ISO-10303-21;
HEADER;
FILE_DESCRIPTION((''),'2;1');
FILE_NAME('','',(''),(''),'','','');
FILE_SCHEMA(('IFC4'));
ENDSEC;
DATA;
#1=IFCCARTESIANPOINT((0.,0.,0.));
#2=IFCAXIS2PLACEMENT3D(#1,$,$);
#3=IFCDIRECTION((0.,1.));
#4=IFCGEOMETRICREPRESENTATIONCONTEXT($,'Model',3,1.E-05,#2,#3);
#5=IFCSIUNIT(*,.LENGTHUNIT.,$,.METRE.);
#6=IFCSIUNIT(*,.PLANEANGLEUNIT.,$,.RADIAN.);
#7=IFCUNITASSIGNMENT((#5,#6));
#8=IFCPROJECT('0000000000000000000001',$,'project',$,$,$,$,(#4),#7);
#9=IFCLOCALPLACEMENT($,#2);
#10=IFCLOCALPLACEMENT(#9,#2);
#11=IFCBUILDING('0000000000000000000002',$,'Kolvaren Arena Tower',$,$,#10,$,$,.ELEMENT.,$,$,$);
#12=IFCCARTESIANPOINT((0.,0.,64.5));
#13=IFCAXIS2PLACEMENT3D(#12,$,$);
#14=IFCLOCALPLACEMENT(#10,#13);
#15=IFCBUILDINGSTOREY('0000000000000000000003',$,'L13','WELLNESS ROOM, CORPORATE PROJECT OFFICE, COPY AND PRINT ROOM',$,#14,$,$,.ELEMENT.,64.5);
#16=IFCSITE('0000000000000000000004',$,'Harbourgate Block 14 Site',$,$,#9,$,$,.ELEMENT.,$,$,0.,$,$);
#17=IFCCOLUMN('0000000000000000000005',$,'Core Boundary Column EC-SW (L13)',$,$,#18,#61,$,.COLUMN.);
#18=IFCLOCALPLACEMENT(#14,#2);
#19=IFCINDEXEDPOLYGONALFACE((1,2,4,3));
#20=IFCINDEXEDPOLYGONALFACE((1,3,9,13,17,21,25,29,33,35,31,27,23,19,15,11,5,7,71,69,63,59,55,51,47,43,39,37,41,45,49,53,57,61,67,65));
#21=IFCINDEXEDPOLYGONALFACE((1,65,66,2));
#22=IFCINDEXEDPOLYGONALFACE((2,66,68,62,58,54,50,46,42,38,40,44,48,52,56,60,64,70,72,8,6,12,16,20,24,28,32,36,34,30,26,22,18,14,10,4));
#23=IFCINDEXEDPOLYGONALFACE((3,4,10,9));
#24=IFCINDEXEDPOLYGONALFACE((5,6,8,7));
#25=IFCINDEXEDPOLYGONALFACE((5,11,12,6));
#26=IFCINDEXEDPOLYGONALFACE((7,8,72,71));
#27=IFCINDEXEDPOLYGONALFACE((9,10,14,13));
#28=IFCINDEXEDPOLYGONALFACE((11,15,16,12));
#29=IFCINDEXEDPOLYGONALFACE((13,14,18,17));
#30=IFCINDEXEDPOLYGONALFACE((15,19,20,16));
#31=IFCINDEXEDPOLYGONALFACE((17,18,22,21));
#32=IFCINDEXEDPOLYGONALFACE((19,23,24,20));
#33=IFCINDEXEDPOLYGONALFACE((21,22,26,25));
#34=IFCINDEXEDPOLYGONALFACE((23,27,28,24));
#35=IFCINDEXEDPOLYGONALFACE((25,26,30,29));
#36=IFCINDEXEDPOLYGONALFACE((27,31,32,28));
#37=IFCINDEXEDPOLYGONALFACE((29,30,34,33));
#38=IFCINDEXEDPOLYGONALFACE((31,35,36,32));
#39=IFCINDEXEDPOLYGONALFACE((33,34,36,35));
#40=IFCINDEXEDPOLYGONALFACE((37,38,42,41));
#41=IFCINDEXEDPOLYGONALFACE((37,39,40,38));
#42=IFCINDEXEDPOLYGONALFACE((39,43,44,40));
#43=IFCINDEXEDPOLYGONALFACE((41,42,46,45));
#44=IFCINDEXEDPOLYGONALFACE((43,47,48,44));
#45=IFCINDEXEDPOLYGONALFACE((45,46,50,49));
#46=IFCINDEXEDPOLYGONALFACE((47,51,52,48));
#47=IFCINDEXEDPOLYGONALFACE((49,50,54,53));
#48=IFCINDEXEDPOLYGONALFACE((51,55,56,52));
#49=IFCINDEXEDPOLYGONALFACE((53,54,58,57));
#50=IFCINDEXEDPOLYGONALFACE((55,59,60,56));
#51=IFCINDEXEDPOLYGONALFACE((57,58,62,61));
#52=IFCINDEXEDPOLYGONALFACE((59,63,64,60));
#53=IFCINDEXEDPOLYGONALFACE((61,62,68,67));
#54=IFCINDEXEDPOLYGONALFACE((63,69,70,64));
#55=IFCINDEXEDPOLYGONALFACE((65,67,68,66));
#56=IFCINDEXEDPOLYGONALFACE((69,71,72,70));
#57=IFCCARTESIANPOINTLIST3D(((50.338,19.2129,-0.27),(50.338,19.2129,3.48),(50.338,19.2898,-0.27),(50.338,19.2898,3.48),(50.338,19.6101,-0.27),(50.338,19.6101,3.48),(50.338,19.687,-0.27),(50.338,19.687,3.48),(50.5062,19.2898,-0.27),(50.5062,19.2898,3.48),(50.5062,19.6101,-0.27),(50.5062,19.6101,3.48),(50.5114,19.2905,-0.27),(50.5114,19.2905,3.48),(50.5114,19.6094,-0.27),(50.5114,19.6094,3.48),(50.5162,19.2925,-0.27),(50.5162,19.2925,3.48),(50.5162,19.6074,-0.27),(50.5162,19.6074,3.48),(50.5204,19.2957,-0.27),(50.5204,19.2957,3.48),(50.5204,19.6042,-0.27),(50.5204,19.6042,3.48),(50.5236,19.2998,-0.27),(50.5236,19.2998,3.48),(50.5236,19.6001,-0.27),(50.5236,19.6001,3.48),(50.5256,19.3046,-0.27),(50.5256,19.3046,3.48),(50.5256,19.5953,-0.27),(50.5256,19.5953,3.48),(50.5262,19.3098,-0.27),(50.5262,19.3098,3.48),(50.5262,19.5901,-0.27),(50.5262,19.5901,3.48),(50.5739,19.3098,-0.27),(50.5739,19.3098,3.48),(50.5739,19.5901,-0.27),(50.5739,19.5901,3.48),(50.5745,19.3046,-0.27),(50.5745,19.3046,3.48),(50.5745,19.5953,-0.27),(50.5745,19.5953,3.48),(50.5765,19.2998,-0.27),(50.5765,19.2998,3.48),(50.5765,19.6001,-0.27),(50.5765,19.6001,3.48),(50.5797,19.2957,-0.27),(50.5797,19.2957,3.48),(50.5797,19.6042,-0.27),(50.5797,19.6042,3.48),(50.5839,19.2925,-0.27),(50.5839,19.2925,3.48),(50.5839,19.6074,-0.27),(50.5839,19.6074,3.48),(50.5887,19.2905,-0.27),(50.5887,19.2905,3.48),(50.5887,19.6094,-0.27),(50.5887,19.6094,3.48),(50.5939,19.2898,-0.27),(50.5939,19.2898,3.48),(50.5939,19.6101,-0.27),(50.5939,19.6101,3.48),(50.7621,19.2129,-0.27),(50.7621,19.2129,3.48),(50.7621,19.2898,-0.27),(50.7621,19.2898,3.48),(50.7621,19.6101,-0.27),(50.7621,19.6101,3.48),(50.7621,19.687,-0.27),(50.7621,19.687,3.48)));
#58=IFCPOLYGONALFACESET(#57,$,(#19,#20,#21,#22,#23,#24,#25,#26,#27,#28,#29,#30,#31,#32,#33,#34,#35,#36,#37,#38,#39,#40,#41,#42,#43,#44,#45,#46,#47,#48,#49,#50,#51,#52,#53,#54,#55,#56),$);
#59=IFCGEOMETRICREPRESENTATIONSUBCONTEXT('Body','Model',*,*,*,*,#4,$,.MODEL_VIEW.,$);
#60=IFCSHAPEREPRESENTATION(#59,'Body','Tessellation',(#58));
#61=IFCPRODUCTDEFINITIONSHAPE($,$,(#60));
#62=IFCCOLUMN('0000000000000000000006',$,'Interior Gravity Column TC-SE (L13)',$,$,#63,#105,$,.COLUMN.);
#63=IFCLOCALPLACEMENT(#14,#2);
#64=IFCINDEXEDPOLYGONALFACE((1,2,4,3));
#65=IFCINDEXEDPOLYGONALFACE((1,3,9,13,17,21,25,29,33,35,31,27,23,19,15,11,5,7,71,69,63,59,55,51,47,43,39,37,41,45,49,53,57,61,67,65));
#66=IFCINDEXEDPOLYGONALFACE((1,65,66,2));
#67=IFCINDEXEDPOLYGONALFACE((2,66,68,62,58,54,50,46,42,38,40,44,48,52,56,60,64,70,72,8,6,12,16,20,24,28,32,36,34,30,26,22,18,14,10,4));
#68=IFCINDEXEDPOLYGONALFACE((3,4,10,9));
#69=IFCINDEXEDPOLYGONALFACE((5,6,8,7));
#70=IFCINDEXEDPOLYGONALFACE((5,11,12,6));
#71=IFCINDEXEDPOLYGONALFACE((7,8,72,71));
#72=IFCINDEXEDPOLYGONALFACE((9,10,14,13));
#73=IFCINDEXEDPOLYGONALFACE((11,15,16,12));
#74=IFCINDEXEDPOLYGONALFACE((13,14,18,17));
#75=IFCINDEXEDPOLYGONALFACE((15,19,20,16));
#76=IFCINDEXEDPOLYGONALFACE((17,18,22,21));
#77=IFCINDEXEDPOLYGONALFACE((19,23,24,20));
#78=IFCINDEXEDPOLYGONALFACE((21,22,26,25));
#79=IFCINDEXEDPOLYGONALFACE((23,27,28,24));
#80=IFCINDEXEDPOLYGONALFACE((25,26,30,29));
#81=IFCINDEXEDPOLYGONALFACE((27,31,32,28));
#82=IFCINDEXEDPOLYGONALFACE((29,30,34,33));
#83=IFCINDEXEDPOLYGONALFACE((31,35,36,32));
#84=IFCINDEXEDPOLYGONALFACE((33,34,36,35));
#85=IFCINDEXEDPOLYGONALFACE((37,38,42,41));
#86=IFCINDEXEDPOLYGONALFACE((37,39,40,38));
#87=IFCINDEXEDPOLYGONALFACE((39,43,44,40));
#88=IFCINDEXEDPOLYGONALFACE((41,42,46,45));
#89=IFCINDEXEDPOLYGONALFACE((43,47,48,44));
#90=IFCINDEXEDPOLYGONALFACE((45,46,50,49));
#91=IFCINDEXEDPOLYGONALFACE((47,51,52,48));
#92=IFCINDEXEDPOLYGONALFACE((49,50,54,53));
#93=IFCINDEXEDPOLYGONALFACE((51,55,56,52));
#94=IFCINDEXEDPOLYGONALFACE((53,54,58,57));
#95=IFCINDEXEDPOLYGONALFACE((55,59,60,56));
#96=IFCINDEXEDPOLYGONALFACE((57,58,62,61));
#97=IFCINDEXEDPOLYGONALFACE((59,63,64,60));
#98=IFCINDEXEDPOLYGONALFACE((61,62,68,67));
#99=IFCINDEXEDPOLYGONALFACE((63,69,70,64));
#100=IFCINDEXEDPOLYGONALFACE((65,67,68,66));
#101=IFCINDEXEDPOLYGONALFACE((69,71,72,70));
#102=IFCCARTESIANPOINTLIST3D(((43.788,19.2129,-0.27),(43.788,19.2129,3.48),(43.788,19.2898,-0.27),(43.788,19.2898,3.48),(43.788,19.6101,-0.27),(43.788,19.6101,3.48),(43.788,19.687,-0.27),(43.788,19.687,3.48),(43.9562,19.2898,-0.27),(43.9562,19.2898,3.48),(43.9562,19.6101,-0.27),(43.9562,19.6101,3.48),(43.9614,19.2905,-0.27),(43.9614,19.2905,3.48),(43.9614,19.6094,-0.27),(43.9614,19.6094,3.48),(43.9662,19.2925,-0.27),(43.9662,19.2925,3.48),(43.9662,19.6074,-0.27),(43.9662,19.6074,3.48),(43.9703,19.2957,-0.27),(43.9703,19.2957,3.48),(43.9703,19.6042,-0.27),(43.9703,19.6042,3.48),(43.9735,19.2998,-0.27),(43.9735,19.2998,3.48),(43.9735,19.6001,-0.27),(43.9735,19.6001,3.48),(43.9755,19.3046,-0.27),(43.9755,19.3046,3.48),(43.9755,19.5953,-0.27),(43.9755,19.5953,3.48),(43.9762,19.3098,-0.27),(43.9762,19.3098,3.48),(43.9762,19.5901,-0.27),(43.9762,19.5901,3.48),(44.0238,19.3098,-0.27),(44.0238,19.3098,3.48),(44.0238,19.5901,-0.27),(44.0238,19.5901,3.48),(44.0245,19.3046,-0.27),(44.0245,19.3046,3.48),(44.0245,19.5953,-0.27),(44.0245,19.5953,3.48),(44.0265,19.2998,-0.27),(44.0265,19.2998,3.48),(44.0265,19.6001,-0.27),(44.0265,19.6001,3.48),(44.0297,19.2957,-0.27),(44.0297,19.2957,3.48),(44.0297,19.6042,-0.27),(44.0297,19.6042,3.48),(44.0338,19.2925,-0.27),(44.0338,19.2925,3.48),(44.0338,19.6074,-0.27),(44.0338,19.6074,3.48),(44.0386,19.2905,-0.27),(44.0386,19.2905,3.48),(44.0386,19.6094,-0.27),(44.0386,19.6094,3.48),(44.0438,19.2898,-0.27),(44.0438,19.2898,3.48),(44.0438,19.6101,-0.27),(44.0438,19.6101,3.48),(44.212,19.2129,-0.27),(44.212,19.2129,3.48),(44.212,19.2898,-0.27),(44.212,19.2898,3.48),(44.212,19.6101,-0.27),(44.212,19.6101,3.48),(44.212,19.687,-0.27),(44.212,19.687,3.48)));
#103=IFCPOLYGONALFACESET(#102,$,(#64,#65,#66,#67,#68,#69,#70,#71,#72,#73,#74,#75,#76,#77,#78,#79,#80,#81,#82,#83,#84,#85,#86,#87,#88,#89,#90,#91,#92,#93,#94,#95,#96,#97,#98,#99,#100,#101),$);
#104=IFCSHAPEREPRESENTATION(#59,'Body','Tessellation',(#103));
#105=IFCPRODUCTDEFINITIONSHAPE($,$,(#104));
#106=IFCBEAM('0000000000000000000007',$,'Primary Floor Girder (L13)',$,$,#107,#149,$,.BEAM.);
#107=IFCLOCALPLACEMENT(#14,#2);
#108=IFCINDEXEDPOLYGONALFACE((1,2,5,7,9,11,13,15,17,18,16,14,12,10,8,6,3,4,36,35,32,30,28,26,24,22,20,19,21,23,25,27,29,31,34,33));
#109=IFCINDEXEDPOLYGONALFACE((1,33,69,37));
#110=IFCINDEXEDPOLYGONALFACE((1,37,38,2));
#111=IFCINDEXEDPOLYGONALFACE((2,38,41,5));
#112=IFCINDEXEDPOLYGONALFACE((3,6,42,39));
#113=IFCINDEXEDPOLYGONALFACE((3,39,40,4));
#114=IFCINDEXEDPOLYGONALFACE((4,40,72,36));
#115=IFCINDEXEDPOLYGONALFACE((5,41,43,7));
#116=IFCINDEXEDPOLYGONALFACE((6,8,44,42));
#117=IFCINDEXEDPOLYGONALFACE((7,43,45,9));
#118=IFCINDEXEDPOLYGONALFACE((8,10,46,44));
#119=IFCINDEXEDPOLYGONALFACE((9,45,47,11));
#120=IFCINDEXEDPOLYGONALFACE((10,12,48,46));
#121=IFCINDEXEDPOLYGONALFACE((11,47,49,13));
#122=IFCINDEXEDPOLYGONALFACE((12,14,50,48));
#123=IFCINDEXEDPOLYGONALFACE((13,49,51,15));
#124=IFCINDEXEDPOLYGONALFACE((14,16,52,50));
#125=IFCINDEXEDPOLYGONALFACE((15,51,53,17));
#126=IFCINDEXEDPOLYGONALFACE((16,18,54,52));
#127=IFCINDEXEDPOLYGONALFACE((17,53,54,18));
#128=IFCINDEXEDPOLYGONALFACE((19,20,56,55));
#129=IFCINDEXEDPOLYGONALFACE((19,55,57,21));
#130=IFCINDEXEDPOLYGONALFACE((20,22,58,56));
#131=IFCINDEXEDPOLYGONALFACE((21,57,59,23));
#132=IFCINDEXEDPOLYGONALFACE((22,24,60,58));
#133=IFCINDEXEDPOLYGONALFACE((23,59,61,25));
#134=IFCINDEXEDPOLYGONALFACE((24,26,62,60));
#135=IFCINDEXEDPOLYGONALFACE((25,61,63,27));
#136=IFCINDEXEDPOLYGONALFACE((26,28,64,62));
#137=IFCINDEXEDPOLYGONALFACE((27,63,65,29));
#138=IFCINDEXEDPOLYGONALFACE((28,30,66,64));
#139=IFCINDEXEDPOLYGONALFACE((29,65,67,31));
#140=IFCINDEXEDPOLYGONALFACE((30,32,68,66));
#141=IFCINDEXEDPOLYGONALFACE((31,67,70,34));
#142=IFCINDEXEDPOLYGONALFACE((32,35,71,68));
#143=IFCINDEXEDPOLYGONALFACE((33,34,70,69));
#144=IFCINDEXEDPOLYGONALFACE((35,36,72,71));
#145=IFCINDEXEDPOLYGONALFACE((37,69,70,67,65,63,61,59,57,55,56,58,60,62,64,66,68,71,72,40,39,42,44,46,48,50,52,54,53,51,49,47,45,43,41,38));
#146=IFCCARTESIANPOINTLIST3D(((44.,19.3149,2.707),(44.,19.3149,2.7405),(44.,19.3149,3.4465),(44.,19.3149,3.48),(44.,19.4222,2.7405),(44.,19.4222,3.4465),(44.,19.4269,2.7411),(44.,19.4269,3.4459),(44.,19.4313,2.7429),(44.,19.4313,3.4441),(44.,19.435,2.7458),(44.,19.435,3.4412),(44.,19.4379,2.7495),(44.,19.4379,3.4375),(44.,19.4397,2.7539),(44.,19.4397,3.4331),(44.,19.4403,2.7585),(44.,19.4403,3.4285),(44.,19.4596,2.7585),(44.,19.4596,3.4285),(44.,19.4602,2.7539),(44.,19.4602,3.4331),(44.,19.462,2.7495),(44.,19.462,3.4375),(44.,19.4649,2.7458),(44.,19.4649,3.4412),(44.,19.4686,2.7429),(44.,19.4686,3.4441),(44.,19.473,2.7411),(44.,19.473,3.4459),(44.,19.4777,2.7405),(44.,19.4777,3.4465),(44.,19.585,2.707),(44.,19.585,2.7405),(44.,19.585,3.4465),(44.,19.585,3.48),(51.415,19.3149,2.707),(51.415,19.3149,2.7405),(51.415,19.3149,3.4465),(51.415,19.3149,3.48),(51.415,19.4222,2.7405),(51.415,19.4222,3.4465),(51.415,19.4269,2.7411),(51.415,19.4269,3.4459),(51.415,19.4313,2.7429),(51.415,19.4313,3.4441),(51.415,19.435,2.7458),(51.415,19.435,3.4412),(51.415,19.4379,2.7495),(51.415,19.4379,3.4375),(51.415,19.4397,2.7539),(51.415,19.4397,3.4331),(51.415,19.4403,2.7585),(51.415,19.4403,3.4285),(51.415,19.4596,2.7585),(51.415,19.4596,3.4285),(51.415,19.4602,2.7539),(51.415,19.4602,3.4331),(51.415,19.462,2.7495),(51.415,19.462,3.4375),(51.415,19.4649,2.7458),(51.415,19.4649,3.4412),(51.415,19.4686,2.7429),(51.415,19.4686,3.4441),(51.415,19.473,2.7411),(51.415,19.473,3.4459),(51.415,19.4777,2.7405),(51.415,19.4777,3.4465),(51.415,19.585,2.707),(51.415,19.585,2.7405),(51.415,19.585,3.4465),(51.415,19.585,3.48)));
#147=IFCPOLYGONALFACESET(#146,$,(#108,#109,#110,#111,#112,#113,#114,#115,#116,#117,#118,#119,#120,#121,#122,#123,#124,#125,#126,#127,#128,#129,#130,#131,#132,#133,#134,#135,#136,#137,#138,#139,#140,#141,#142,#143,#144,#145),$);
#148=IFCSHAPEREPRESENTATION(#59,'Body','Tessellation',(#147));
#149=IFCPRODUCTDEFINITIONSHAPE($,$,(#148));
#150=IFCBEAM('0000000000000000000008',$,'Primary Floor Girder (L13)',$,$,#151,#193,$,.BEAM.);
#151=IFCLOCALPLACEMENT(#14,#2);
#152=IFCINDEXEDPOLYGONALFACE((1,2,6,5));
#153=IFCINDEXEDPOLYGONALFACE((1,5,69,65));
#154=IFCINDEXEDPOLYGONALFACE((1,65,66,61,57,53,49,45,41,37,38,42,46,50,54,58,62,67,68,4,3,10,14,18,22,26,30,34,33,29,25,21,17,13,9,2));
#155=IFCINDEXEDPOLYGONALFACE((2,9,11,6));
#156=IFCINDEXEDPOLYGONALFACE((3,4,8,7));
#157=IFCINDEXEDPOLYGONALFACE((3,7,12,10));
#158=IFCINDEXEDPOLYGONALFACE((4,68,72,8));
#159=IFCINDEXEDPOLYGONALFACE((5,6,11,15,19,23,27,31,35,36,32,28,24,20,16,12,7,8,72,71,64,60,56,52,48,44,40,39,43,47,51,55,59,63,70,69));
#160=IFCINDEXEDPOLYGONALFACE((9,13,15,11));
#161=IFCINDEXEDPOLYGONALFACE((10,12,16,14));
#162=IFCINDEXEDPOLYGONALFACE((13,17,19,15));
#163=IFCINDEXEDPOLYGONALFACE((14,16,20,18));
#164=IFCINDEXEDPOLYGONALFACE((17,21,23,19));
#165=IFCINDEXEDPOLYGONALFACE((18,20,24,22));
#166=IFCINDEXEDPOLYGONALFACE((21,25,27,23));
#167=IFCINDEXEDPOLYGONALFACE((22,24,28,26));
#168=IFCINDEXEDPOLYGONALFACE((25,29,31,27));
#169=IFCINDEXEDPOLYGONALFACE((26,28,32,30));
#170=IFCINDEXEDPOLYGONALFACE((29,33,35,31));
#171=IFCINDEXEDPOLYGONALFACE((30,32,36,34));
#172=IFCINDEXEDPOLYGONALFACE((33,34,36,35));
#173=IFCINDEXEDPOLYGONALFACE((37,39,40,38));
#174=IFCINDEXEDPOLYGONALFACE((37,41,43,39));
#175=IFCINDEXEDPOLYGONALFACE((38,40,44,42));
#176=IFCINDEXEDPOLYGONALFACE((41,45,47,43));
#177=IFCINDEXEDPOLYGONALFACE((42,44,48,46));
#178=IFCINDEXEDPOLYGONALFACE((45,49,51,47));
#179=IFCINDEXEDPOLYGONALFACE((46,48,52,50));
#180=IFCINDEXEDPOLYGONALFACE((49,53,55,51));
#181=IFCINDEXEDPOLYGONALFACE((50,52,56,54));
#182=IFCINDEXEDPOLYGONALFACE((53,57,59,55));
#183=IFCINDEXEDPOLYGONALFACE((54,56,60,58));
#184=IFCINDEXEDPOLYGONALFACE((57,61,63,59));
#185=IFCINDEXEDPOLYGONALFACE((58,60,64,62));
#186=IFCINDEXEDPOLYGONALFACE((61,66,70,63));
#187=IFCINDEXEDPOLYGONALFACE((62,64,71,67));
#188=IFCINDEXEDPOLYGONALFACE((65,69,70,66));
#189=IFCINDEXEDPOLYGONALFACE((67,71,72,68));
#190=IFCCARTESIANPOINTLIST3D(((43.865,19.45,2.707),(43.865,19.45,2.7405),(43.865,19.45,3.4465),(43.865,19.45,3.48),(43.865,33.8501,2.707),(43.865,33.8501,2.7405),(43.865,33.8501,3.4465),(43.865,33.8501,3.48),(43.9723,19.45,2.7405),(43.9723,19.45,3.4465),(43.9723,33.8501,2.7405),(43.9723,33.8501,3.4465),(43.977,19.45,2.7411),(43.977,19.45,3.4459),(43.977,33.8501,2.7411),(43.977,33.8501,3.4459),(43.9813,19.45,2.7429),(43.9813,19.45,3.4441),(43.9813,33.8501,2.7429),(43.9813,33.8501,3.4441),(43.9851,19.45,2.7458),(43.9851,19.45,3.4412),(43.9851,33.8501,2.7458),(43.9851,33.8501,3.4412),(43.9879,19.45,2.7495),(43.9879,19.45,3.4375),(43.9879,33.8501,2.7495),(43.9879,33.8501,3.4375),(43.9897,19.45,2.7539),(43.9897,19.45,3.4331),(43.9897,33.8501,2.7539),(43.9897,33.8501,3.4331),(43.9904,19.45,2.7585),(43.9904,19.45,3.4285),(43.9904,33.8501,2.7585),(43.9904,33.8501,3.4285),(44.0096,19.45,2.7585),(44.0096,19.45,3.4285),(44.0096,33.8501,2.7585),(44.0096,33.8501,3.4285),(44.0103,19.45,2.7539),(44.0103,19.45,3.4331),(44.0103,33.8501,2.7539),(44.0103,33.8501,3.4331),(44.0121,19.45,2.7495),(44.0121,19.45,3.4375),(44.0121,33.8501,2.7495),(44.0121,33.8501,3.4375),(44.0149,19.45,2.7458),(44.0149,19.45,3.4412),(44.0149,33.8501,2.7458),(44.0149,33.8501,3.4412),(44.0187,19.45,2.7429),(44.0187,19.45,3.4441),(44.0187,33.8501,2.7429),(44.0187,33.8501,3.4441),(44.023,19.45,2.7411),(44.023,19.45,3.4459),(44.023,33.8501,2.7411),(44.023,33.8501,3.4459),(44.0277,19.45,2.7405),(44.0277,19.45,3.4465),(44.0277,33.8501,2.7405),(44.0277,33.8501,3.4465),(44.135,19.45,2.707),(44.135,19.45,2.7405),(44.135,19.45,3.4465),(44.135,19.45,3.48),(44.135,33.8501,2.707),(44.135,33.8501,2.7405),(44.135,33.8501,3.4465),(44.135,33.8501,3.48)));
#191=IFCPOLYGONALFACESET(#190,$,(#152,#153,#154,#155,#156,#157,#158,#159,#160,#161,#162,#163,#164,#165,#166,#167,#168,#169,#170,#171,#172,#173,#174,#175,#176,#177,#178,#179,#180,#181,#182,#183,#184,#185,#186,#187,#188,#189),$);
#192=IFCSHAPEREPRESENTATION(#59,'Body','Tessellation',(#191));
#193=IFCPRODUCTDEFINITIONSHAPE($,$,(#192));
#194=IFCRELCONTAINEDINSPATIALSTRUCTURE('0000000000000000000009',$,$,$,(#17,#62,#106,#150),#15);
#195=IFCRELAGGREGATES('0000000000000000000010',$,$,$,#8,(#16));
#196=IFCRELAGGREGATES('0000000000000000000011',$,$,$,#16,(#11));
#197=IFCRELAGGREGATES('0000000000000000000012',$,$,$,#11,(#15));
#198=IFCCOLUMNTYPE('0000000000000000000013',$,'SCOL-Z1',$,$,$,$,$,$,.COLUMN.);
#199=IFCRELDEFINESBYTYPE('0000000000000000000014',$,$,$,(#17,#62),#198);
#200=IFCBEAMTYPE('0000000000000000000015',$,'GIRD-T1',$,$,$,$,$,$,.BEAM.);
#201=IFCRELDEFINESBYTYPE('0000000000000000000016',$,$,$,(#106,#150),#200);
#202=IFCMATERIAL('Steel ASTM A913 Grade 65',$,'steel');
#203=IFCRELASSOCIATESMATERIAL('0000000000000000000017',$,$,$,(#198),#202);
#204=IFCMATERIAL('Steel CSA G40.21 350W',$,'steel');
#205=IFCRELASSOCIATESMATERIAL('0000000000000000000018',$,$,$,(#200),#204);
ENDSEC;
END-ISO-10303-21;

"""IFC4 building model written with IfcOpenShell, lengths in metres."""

from ifc_helpers import new_model, si_unit, direction, frame, origin, origin_2d, place, context, subcontext, project, spatial, i_section, extrude, material, material_profile, profile_set, type_object, element, save


model = new_model("IFC4")

# Units and contexts
model_context = context("Model", 3, precision=1e-05, world=origin(), true_north=direction((0.0, 1.0)))
body_context = subcontext(model_context, "Body", "Model", "MODEL_VIEW")
ifc_project = project(units=[si_unit("LENGTHUNIT", "METRE"), si_unit("PLANEANGLEUNIT", "RADIAN")], contexts=[model_context])

# Site, building, storey
site_placement = place(None, origin())
site = spatial("IfcSite", under=ifc_project, at=site_placement, Name="Harbourgate Block 14 Site", CompositionType="ELEMENT", RefElevation=0.0)
building_placement = place(site_placement, origin())
building = spatial("IfcBuilding", under=site, at=building_placement, Name="Kolvaren Arena Tower", CompositionType="ELEMENT")
storey_placement = place(building_placement, frame((0.0, 0.0, 64.5)))
storey = spatial("IfcBuildingStorey", under=building, at=storey_placement, Name="L13", Description="WELLNESS ROOM, CORPORATE PROJECT OFFICE, COPY AND PRINT ROOM", CompositionType="ELEMENT", Elevation=64.5)

# Columns
ifc_material_1 = material(Name="Steel ASTM A913 Grade 65", Category="steel")
ifc_material_profile_1 = material_profile(ifc_material_1, i_section(OverallWidth=0.4241, OverallDepth=0.4741, WebThickness=0.0476, FlangeThickness=0.0769, FilletRadius=0.02, at=origin_2d()), Name="W360x634")
ifc_profile_set_1 = profile_set([ifc_material_profile_1], Name="Steel ASTM A913 Grade 65")
column_type = type_object("IfcColumnType", Name="SCOL-Z1", PredefinedType="COLUMN", material=ifc_profile_set_1)
for number, where, z_axis, x_axis, name in (
    (1, (50.55, 19.45, -0.27), (0.0, 0.0, 1.0), (1.0, 0.0, 0.0), "Core Boundary Column EC-SW (L13)"),
    (2, (44.0, 19.45, -0.27), (0.0, 0.0, 1.0), (1.0, 0.0, 0.0), "Interior Gravity Column TC-SE (L13)"),
):
    element("IfcColumn", number, at=place(storey_placement, frame(where, z_axis=z_axis, x_axis=x_axis)), inside=storey, type_object=column_type, Name=name, PredefinedType="COLUMN", context=body_context, shape_type="SweptSolid", body=[
        extrude(i_section(OverallWidth=0.4241, OverallDepth=0.4741, WebThickness=0.0476, FlangeThickness=0.0769, FilletRadius=0.02, at=origin_2d()), origin(), (0.0, 0.0, 1.0), 3.75),
    ])

# Beams
ifc_material_2 = material(Name="Steel CSA G40.21 350W", Category="steel")
ifc_material_profile_2 = material_profile(ifc_material_2, i_section(OverallWidth=0.27, OverallDepth=0.7729, WebThickness=0.0193, FlangeThickness=0.0334, FilletRadius=0.0181, at=origin_2d()), Name="W760x257")
ifc_profile_set_2 = profile_set([ifc_material_profile_2], Name="Steel CSA G40.21 350W")
beam_type_1 = type_object("IfcBeamType", Name="GIRD-T1", PredefinedType="BEAM", material=ifc_profile_set_2)
beam_1_placement = place(storey_placement, frame((44.0, 19.45, 3.0935), z_axis=(1.0, 0.0, 0.0), x_axis=(0.0, 1.0, 0.0)))
element("IfcBeam", 3, at=beam_1_placement, inside=storey, type_object=beam_type_1, Name="Primary Floor Girder (L13)", PredefinedType="BEAM", context=body_context, shape_type="SweptSolid", body=[
    extrude(i_section(OverallWidth=0.27, OverallDepth=0.7729, WebThickness=0.0193, FlangeThickness=0.0334, FilletRadius=0.0181, at=origin_2d()), origin(), (0.0, 0.0, 1.0), 7.415),
])
beam_2_placement = place(storey_placement, frame((44.0, 19.45, 3.0935), z_axis=(0.0, 1.0, 0.0), x_axis=(-1.0, 0.0, 0.0)))
element("IfcBeam", 4, at=beam_2_placement, inside=storey, type_object=beam_type_1, Name="Primary Floor Girder (L13)", PredefinedType="BEAM", context=body_context, shape_type="SweptSolid", body=[
    extrude(i_section(OverallWidth=0.27, OverallDepth=0.7729, WebThickness=0.0193, FlangeThickness=0.0334, FilletRadius=0.0181, at=origin_2d()), origin(), (0.0, 0.0, 1.0), 14.4001),
])

save(model, "model.ifc")
